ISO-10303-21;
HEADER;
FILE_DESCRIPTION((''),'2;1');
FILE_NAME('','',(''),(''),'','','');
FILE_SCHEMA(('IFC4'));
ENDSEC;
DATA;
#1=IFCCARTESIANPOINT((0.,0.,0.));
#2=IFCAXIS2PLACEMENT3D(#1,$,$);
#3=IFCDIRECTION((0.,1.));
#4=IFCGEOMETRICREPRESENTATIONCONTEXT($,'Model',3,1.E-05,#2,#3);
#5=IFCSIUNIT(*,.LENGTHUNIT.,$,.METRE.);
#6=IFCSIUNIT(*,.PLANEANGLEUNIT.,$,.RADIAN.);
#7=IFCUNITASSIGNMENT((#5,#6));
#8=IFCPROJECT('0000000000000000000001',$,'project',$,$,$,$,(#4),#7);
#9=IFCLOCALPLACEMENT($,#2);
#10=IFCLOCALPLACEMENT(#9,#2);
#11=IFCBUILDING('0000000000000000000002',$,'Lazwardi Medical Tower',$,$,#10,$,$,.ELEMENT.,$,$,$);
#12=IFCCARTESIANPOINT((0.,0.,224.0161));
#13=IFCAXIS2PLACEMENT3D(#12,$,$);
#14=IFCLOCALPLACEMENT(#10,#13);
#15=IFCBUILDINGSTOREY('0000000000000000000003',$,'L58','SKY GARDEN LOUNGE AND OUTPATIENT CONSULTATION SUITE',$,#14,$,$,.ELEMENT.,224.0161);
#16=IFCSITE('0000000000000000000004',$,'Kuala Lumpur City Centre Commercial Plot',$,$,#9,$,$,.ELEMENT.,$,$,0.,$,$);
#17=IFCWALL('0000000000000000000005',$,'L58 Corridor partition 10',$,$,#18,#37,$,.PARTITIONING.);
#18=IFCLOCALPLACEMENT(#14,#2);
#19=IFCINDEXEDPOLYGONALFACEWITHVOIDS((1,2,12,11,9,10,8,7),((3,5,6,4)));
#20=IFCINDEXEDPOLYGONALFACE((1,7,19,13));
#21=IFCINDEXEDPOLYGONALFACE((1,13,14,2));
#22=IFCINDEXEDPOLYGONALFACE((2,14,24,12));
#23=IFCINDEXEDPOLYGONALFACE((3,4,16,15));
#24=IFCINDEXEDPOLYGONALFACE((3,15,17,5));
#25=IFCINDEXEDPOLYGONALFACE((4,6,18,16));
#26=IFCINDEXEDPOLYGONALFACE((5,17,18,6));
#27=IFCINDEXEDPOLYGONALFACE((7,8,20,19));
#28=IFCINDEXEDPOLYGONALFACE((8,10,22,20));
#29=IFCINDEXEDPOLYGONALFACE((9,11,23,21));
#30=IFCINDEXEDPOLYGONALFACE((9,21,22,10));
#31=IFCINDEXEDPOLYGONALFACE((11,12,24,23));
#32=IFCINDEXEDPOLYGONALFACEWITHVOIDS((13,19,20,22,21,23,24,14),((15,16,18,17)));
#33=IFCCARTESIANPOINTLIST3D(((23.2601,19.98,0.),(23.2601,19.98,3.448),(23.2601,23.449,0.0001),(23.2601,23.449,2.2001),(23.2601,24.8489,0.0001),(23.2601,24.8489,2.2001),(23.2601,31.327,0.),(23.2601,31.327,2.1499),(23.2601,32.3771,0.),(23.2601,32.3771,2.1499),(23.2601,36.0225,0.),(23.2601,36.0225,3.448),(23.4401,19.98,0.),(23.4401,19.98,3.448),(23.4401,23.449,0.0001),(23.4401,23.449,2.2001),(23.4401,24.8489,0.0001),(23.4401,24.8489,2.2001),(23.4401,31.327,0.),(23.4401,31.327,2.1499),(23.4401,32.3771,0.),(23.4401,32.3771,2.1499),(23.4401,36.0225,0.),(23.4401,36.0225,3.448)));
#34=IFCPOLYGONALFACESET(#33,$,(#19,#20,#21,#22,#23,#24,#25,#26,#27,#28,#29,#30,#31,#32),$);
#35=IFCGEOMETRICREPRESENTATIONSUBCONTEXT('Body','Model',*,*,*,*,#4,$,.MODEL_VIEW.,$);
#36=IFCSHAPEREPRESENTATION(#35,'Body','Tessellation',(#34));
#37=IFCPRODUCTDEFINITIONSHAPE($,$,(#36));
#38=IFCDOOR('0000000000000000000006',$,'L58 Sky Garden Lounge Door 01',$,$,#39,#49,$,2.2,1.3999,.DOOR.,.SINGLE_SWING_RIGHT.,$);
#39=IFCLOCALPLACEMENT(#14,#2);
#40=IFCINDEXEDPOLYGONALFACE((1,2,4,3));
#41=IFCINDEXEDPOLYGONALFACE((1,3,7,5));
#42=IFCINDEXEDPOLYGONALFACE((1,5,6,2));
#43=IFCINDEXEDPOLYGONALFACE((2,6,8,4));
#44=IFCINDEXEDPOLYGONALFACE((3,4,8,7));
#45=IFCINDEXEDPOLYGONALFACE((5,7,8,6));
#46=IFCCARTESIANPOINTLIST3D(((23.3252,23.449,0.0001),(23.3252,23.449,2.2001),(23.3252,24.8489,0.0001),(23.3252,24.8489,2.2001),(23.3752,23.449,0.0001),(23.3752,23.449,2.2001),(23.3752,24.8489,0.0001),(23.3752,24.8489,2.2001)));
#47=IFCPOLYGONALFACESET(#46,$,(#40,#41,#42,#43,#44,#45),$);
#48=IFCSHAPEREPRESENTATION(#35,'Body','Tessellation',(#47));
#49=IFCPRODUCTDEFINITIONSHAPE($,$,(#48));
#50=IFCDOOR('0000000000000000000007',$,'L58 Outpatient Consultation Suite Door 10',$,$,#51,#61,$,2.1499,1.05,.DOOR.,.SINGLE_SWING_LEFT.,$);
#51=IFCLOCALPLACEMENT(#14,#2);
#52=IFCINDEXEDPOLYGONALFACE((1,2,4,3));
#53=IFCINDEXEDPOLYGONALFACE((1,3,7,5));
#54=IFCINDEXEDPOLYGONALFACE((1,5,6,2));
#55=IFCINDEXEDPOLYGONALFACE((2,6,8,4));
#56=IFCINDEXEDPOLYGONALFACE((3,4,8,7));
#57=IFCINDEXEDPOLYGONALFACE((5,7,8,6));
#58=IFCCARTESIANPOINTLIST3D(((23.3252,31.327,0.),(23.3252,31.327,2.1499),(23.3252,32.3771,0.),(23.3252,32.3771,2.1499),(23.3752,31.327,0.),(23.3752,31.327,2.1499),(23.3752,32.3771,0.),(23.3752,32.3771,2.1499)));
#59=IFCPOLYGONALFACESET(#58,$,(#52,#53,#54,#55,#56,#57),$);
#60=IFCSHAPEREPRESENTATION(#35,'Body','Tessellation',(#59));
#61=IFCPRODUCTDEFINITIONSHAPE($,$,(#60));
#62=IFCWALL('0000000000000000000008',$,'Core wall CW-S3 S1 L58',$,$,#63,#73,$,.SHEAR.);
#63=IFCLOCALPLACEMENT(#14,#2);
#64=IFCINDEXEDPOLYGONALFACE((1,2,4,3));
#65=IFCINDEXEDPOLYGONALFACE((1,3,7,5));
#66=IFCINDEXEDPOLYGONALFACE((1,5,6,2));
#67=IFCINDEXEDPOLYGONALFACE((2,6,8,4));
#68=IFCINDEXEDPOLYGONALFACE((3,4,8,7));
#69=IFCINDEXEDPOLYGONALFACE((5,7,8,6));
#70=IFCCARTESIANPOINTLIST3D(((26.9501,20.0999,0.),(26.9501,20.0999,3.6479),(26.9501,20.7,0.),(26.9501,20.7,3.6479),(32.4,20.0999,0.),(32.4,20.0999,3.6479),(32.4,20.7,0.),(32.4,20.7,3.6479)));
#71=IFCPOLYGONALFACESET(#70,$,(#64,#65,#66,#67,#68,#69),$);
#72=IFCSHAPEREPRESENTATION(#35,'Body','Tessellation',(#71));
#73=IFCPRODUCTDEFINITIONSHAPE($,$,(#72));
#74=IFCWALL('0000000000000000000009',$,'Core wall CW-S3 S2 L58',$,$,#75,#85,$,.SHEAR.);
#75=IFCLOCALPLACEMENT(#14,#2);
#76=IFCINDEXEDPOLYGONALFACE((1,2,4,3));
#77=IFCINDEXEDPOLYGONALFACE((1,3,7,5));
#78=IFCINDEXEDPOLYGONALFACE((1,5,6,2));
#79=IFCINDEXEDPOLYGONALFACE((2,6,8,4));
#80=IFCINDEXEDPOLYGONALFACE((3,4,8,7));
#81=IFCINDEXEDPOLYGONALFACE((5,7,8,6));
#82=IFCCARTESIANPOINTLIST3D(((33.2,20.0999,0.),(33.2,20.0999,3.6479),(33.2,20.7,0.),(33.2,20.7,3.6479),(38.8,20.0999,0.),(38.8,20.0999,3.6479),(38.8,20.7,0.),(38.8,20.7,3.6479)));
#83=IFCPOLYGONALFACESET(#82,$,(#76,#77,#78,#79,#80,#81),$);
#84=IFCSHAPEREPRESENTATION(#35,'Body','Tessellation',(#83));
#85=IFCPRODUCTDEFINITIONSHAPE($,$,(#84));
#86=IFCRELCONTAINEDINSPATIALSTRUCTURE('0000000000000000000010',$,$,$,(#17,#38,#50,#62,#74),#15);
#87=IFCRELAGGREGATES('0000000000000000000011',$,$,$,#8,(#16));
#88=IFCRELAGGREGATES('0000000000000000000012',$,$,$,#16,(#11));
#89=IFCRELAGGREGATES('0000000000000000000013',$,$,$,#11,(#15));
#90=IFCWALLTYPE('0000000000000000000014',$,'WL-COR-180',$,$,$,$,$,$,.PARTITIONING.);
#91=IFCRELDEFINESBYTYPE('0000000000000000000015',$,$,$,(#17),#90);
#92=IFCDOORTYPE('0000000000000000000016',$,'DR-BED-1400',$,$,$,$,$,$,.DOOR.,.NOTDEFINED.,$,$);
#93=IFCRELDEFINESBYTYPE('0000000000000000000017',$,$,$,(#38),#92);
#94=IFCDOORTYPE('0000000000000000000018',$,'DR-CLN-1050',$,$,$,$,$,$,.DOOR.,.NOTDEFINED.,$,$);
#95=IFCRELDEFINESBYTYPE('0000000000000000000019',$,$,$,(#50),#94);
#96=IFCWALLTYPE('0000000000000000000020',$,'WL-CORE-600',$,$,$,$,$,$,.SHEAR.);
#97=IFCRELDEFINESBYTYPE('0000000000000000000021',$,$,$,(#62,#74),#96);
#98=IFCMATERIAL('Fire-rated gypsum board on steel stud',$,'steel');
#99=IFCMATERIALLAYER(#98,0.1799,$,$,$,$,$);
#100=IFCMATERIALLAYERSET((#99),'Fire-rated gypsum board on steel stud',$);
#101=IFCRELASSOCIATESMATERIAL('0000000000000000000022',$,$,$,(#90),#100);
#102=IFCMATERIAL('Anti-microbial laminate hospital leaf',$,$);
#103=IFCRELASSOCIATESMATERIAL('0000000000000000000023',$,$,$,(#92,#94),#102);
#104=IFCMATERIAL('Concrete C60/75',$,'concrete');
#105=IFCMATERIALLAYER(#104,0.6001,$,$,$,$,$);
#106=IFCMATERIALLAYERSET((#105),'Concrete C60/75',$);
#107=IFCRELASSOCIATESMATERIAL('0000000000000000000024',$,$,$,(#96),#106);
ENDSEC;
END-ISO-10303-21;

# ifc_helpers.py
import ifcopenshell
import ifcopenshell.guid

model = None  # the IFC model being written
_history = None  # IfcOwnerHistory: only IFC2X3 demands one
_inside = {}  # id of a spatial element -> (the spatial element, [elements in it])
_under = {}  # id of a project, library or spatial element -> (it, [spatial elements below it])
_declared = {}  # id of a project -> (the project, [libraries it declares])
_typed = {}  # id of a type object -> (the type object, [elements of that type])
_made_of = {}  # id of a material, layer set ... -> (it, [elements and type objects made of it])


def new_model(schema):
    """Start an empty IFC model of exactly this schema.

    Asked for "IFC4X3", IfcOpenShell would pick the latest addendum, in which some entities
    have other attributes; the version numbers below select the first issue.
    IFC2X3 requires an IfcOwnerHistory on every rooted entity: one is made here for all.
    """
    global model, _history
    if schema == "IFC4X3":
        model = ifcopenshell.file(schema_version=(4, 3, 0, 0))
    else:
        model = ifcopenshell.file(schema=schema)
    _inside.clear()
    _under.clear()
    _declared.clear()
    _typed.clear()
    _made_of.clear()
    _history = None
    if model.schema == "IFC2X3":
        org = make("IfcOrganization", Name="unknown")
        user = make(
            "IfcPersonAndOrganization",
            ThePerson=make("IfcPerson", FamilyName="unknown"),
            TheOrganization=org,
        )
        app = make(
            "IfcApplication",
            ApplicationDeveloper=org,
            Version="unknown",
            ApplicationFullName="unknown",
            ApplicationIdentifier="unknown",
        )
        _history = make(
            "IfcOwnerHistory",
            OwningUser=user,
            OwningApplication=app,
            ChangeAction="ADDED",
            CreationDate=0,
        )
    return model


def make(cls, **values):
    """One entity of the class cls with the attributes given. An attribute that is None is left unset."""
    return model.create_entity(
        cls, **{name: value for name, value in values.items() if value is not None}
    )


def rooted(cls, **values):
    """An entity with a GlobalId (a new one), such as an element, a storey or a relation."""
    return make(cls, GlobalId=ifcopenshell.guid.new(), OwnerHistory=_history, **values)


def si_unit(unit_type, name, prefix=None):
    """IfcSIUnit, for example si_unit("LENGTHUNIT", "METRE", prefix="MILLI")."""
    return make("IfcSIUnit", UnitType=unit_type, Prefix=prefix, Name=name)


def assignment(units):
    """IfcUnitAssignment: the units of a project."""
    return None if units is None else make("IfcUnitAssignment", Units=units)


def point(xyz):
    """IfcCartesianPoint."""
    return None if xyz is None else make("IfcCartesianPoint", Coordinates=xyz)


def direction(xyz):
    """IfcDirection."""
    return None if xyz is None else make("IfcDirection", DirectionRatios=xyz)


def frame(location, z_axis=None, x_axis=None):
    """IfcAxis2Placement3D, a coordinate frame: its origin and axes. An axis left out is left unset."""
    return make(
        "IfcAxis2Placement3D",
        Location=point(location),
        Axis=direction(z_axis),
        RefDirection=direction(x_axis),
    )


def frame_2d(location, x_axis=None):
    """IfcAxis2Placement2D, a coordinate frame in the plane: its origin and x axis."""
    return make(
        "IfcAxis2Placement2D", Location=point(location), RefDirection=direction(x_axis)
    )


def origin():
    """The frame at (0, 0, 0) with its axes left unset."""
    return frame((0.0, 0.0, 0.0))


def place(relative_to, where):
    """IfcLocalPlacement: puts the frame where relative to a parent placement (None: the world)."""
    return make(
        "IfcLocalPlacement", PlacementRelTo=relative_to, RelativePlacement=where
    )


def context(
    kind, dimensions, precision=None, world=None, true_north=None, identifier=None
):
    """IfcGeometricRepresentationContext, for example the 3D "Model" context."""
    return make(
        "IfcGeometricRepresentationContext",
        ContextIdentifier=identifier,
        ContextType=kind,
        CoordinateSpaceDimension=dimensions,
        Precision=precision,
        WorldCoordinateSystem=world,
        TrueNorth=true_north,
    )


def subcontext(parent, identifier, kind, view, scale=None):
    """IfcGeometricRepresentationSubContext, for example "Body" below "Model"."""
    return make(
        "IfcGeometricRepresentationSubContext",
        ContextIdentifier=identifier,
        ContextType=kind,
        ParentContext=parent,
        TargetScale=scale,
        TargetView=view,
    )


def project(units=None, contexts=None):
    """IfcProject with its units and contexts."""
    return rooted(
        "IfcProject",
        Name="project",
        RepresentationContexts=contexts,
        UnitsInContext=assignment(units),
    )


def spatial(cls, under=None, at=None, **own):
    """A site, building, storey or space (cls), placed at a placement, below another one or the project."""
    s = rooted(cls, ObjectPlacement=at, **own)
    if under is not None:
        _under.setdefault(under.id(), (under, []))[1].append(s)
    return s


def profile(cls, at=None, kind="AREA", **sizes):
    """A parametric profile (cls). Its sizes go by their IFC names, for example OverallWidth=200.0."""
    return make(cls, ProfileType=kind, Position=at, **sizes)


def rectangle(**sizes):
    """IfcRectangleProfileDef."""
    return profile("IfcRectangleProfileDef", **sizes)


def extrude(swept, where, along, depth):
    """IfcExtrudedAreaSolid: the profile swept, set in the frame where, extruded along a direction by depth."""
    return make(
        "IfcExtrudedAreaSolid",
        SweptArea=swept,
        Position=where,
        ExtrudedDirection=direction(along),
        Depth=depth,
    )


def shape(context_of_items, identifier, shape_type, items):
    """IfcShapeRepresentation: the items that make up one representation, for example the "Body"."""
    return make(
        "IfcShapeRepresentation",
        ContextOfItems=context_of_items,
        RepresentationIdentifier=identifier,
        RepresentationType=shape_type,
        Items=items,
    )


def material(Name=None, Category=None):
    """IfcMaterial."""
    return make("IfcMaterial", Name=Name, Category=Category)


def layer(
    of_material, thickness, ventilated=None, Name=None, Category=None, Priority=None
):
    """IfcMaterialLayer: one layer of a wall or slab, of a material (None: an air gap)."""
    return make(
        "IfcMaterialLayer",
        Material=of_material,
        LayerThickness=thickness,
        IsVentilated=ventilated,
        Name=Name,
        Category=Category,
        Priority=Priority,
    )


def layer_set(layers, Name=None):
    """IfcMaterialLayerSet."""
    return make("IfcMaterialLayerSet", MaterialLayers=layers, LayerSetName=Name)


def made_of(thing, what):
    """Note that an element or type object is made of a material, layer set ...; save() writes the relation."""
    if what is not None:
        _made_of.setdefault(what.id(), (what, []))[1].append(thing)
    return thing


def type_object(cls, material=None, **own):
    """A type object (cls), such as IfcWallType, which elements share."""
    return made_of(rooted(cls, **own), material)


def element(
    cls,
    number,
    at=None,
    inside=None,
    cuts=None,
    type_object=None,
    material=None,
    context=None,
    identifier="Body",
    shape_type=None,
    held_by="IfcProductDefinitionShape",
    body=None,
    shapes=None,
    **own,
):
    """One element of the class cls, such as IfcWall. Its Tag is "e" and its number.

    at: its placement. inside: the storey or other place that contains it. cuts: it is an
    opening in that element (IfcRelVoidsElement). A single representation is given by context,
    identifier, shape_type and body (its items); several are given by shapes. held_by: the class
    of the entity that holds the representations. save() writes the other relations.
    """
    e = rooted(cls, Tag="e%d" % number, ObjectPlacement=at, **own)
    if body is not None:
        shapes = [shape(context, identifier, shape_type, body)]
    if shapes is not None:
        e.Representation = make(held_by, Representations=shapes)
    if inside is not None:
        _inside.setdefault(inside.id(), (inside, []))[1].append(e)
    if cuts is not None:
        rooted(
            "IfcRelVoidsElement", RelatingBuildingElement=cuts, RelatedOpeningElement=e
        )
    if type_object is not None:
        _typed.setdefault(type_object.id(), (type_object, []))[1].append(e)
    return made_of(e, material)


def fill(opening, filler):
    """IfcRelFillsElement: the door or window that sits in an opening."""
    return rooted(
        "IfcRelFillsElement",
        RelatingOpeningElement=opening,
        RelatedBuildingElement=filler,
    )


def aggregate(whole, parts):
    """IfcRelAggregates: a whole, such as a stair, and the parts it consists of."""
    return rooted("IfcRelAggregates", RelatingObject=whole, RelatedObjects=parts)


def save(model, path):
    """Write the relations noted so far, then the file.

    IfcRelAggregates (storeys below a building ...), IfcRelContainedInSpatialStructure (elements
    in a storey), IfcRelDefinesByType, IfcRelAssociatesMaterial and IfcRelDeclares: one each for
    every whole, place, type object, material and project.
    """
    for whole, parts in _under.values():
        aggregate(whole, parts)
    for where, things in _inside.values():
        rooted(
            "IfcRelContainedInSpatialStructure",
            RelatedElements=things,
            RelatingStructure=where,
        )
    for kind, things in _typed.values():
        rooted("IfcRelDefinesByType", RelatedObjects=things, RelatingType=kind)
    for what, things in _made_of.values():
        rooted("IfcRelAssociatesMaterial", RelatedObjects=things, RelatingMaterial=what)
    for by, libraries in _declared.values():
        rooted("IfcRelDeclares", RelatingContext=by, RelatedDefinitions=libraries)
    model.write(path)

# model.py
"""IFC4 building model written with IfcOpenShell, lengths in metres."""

from ifc_helpers import new_model, si_unit, direction, frame, frame_2d, origin, place, context, subcontext, project, spatial, rectangle, extrude, material, layer, layer_set, type_object, element, fill, save


model = new_model("IFC4")

# Units and contexts
model_context = context("Model", 3, precision=1e-05, world=origin(), true_north=direction((0.0, 1.0)))
body_context = subcontext(model_context, "Body", "Model", "MODEL_VIEW")
ifc_project = project(units=[si_unit("LENGTHUNIT", "METRE"), si_unit("PLANEANGLEUNIT", "RADIAN")], contexts=[model_context])

# Site, building, storey
site_placement = place(None, origin())
site = spatial("IfcSite", under=ifc_project, at=site_placement, Name="Kuala Lumpur City Centre Commercial Plot", CompositionType="ELEMENT", RefElevation=0.0)
building_placement = place(site_placement, origin())
building = spatial("IfcBuilding", under=site, at=building_placement, Name="Lazwardi Medical Tower", CompositionType="ELEMENT")
storey_placement = place(building_placement, frame((0.0, 0.0, 224.0161)))
storey = spatial("IfcBuildingStorey", under=building, at=storey_placement, Name="L58", Description="SKY GARDEN LOUNGE AND OUTPATIENT CONSULTATION SUITE", CompositionType="ELEMENT", Elevation=224.0161)

# Shared definitions
ifc_material_1 = material(Name="Concrete C60/75", Category="concrete")

# Shared definitions
ifc_material_2 = material(Name="Fire-rated gypsum board on steel stud", Category="steel")
ifc_layer_1 = layer(ifc_material_2, 0.1799)
ifc_layer_set_1 = layer_set([ifc_layer_1], Name="Fire-rated gypsum board on steel stud")
wall_type_1 = type_object("IfcWallType", Name="WL-COR-180", PredefinedType="PARTITIONING", material=ifc_layer_set_1)

# Wall, openings, doors
wall_1_placement = place(storey_placement, frame((23.3501, 19.98, 0.0), z_axis=(0.0, 0.0, 1.0), x_axis=(0.0, 1.0, 0.0)))
wall_1 = element("IfcWall", 1, at=wall_1_placement, inside=storey, type_object=wall_type_1, Name="L58 Corridor partition 10", PredefinedType="PARTITIONING", context=body_context, shape_type="SweptSolid", body=[
    extrude(rectangle(XDim=16.0425, YDim=0.1799, at=frame_2d((8.0212, 0.0))), origin(), (0.0, 0.0, 1.0), 3.448),
])
opening_1_placement = place(wall_1_placement, frame((3.469, 0.0, 0.0)))
opening_1 = element("IfcOpeningElement", 2, at=opening_1_placement, cuts=wall_1, PredefinedType="OPENING", context=body_context, shape_type="SweptSolid", body=[
    extrude(rectangle(XDim=1.3999, YDim=2.2, at=frame_2d((0.7, 1.1001))), frame((0.0, 0.0999, 0.0), z_axis=(0.0, -1.0, 0.0), x_axis=(1.0, 0.0, 0.0)), (0.0, 0.0, 1.0), 0.2),
])
opening_2_placement = place(wall_1_placement, frame((11.3472, 0.0, 0.0)))
opening_2 = element("IfcOpeningElement", 3, at=opening_2_placement, cuts=wall_1, PredefinedType="OPENING", context=body_context, shape_type="SweptSolid", body=[
    extrude(rectangle(XDim=1.05, YDim=2.1499, at=frame_2d((0.5249, 1.075))), frame((0.0, 0.0999, 0.0), z_axis=(0.0, -1.0, 0.0), x_axis=(1.0, 0.0, 0.0)), (0.0, 0.0, 1.0), 0.2),
])
ifc_material_3 = material(Name="Anti-microbial laminate hospital leaf")
door_type_1 = type_object("IfcDoorType", Name="DR-BED-1400", OperationType="NOTDEFINED", PredefinedType="DOOR", material=ifc_material_3)
door_1_placement = place(opening_1_placement, origin())
door_1 = element("IfcDoor", 4, at=door_1_placement, inside=storey, type_object=door_type_1, Name="L58 Sky Garden Lounge Door 01", OperationType="SINGLE_SWING_RIGHT", OverallHeight=2.2, OverallWidth=1.3999, PredefinedType="DOOR", context=body_context, shape_type="SweptSolid", body=[
    extrude(rectangle(XDim=1.3999, YDim=2.2, at=frame_2d((0.7, 1.1001))), frame((0.0, 0.0249, 0.0), z_axis=(0.0, -1.0, 0.0), x_axis=(1.0, 0.0, 0.0)), (0.0, 0.0, 1.0), 0.05),
])
fill(opening_1, door_1)
door_type_2 = type_object("IfcDoorType", Name="DR-CLN-1050", OperationType="NOTDEFINED", PredefinedType="DOOR", material=ifc_material_3)
door_2_placement = place(opening_2_placement, origin())
door_2 = element("IfcDoor", 5, at=door_2_placement, inside=storey, type_object=door_type_2, Name="L58 Outpatient Consultation Suite Door 10", OperationType="SINGLE_SWING_LEFT", OverallHeight=2.1499, OverallWidth=1.05, PredefinedType="DOOR", context=body_context, shape_type="SweptSolid", body=[
    extrude(rectangle(XDim=1.05, YDim=2.1499, at=frame_2d((0.5249, 1.075))), frame((0.0, 0.0249, 0.0), z_axis=(0.0, -1.0, 0.0), x_axis=(1.0, 0.0, 0.0)), (0.0, 0.0, 1.0), 0.05),
])
fill(opening_2, door_2)
ifc_layer_2 = layer(ifc_material_1, 0.6001)
ifc_layer_set_2 = layer_set([ifc_layer_2], Name="Concrete C60/75")
wall_type_2 = type_object("IfcWallType", Name="WL-CORE-600", PredefinedType="SHEAR", material=ifc_layer_set_2)

# Walls
wall_2_placement = place(storey_placement, frame((26.95, 20.3999, 0.0), z_axis=(0.0, 0.0, 1.0), x_axis=(1.0, 0.0, 0.0)))
element("IfcWall", 6, at=wall_2_placement, inside=storey, type_object=wall_type_2, Name="Core wall CW-S3 S1 L58", PredefinedType="SHEAR", context=body_context, shape_type="SweptSolid", body=[
    extrude(rectangle(XDim=5.45, YDim=0.6001, at=frame_2d((2.7251, 0.0))), origin(), (0.0, 0.0, 1.0), 3.6479),
])
wall_3_placement = place(storey_placement, frame((33.2, 20.3999, 0.0), z_axis=(0.0, 0.0, 1.0), x_axis=(1.0, 0.0, 0.0)))
element("IfcWall", 7, at=wall_3_placement, inside=storey, type_object=wall_type_2, Name="Core wall CW-S3 S2 L58", PredefinedType="SHEAR", context=body_context, shape_type="SweptSolid", body=[
    extrude(rectangle(XDim=5.6001, YDim=0.6001, at=frame_2d((2.8, 0.0))), origin(), (0.0, 0.0, 1.0), 3.6479),
])

save(model, "model.ifc")
